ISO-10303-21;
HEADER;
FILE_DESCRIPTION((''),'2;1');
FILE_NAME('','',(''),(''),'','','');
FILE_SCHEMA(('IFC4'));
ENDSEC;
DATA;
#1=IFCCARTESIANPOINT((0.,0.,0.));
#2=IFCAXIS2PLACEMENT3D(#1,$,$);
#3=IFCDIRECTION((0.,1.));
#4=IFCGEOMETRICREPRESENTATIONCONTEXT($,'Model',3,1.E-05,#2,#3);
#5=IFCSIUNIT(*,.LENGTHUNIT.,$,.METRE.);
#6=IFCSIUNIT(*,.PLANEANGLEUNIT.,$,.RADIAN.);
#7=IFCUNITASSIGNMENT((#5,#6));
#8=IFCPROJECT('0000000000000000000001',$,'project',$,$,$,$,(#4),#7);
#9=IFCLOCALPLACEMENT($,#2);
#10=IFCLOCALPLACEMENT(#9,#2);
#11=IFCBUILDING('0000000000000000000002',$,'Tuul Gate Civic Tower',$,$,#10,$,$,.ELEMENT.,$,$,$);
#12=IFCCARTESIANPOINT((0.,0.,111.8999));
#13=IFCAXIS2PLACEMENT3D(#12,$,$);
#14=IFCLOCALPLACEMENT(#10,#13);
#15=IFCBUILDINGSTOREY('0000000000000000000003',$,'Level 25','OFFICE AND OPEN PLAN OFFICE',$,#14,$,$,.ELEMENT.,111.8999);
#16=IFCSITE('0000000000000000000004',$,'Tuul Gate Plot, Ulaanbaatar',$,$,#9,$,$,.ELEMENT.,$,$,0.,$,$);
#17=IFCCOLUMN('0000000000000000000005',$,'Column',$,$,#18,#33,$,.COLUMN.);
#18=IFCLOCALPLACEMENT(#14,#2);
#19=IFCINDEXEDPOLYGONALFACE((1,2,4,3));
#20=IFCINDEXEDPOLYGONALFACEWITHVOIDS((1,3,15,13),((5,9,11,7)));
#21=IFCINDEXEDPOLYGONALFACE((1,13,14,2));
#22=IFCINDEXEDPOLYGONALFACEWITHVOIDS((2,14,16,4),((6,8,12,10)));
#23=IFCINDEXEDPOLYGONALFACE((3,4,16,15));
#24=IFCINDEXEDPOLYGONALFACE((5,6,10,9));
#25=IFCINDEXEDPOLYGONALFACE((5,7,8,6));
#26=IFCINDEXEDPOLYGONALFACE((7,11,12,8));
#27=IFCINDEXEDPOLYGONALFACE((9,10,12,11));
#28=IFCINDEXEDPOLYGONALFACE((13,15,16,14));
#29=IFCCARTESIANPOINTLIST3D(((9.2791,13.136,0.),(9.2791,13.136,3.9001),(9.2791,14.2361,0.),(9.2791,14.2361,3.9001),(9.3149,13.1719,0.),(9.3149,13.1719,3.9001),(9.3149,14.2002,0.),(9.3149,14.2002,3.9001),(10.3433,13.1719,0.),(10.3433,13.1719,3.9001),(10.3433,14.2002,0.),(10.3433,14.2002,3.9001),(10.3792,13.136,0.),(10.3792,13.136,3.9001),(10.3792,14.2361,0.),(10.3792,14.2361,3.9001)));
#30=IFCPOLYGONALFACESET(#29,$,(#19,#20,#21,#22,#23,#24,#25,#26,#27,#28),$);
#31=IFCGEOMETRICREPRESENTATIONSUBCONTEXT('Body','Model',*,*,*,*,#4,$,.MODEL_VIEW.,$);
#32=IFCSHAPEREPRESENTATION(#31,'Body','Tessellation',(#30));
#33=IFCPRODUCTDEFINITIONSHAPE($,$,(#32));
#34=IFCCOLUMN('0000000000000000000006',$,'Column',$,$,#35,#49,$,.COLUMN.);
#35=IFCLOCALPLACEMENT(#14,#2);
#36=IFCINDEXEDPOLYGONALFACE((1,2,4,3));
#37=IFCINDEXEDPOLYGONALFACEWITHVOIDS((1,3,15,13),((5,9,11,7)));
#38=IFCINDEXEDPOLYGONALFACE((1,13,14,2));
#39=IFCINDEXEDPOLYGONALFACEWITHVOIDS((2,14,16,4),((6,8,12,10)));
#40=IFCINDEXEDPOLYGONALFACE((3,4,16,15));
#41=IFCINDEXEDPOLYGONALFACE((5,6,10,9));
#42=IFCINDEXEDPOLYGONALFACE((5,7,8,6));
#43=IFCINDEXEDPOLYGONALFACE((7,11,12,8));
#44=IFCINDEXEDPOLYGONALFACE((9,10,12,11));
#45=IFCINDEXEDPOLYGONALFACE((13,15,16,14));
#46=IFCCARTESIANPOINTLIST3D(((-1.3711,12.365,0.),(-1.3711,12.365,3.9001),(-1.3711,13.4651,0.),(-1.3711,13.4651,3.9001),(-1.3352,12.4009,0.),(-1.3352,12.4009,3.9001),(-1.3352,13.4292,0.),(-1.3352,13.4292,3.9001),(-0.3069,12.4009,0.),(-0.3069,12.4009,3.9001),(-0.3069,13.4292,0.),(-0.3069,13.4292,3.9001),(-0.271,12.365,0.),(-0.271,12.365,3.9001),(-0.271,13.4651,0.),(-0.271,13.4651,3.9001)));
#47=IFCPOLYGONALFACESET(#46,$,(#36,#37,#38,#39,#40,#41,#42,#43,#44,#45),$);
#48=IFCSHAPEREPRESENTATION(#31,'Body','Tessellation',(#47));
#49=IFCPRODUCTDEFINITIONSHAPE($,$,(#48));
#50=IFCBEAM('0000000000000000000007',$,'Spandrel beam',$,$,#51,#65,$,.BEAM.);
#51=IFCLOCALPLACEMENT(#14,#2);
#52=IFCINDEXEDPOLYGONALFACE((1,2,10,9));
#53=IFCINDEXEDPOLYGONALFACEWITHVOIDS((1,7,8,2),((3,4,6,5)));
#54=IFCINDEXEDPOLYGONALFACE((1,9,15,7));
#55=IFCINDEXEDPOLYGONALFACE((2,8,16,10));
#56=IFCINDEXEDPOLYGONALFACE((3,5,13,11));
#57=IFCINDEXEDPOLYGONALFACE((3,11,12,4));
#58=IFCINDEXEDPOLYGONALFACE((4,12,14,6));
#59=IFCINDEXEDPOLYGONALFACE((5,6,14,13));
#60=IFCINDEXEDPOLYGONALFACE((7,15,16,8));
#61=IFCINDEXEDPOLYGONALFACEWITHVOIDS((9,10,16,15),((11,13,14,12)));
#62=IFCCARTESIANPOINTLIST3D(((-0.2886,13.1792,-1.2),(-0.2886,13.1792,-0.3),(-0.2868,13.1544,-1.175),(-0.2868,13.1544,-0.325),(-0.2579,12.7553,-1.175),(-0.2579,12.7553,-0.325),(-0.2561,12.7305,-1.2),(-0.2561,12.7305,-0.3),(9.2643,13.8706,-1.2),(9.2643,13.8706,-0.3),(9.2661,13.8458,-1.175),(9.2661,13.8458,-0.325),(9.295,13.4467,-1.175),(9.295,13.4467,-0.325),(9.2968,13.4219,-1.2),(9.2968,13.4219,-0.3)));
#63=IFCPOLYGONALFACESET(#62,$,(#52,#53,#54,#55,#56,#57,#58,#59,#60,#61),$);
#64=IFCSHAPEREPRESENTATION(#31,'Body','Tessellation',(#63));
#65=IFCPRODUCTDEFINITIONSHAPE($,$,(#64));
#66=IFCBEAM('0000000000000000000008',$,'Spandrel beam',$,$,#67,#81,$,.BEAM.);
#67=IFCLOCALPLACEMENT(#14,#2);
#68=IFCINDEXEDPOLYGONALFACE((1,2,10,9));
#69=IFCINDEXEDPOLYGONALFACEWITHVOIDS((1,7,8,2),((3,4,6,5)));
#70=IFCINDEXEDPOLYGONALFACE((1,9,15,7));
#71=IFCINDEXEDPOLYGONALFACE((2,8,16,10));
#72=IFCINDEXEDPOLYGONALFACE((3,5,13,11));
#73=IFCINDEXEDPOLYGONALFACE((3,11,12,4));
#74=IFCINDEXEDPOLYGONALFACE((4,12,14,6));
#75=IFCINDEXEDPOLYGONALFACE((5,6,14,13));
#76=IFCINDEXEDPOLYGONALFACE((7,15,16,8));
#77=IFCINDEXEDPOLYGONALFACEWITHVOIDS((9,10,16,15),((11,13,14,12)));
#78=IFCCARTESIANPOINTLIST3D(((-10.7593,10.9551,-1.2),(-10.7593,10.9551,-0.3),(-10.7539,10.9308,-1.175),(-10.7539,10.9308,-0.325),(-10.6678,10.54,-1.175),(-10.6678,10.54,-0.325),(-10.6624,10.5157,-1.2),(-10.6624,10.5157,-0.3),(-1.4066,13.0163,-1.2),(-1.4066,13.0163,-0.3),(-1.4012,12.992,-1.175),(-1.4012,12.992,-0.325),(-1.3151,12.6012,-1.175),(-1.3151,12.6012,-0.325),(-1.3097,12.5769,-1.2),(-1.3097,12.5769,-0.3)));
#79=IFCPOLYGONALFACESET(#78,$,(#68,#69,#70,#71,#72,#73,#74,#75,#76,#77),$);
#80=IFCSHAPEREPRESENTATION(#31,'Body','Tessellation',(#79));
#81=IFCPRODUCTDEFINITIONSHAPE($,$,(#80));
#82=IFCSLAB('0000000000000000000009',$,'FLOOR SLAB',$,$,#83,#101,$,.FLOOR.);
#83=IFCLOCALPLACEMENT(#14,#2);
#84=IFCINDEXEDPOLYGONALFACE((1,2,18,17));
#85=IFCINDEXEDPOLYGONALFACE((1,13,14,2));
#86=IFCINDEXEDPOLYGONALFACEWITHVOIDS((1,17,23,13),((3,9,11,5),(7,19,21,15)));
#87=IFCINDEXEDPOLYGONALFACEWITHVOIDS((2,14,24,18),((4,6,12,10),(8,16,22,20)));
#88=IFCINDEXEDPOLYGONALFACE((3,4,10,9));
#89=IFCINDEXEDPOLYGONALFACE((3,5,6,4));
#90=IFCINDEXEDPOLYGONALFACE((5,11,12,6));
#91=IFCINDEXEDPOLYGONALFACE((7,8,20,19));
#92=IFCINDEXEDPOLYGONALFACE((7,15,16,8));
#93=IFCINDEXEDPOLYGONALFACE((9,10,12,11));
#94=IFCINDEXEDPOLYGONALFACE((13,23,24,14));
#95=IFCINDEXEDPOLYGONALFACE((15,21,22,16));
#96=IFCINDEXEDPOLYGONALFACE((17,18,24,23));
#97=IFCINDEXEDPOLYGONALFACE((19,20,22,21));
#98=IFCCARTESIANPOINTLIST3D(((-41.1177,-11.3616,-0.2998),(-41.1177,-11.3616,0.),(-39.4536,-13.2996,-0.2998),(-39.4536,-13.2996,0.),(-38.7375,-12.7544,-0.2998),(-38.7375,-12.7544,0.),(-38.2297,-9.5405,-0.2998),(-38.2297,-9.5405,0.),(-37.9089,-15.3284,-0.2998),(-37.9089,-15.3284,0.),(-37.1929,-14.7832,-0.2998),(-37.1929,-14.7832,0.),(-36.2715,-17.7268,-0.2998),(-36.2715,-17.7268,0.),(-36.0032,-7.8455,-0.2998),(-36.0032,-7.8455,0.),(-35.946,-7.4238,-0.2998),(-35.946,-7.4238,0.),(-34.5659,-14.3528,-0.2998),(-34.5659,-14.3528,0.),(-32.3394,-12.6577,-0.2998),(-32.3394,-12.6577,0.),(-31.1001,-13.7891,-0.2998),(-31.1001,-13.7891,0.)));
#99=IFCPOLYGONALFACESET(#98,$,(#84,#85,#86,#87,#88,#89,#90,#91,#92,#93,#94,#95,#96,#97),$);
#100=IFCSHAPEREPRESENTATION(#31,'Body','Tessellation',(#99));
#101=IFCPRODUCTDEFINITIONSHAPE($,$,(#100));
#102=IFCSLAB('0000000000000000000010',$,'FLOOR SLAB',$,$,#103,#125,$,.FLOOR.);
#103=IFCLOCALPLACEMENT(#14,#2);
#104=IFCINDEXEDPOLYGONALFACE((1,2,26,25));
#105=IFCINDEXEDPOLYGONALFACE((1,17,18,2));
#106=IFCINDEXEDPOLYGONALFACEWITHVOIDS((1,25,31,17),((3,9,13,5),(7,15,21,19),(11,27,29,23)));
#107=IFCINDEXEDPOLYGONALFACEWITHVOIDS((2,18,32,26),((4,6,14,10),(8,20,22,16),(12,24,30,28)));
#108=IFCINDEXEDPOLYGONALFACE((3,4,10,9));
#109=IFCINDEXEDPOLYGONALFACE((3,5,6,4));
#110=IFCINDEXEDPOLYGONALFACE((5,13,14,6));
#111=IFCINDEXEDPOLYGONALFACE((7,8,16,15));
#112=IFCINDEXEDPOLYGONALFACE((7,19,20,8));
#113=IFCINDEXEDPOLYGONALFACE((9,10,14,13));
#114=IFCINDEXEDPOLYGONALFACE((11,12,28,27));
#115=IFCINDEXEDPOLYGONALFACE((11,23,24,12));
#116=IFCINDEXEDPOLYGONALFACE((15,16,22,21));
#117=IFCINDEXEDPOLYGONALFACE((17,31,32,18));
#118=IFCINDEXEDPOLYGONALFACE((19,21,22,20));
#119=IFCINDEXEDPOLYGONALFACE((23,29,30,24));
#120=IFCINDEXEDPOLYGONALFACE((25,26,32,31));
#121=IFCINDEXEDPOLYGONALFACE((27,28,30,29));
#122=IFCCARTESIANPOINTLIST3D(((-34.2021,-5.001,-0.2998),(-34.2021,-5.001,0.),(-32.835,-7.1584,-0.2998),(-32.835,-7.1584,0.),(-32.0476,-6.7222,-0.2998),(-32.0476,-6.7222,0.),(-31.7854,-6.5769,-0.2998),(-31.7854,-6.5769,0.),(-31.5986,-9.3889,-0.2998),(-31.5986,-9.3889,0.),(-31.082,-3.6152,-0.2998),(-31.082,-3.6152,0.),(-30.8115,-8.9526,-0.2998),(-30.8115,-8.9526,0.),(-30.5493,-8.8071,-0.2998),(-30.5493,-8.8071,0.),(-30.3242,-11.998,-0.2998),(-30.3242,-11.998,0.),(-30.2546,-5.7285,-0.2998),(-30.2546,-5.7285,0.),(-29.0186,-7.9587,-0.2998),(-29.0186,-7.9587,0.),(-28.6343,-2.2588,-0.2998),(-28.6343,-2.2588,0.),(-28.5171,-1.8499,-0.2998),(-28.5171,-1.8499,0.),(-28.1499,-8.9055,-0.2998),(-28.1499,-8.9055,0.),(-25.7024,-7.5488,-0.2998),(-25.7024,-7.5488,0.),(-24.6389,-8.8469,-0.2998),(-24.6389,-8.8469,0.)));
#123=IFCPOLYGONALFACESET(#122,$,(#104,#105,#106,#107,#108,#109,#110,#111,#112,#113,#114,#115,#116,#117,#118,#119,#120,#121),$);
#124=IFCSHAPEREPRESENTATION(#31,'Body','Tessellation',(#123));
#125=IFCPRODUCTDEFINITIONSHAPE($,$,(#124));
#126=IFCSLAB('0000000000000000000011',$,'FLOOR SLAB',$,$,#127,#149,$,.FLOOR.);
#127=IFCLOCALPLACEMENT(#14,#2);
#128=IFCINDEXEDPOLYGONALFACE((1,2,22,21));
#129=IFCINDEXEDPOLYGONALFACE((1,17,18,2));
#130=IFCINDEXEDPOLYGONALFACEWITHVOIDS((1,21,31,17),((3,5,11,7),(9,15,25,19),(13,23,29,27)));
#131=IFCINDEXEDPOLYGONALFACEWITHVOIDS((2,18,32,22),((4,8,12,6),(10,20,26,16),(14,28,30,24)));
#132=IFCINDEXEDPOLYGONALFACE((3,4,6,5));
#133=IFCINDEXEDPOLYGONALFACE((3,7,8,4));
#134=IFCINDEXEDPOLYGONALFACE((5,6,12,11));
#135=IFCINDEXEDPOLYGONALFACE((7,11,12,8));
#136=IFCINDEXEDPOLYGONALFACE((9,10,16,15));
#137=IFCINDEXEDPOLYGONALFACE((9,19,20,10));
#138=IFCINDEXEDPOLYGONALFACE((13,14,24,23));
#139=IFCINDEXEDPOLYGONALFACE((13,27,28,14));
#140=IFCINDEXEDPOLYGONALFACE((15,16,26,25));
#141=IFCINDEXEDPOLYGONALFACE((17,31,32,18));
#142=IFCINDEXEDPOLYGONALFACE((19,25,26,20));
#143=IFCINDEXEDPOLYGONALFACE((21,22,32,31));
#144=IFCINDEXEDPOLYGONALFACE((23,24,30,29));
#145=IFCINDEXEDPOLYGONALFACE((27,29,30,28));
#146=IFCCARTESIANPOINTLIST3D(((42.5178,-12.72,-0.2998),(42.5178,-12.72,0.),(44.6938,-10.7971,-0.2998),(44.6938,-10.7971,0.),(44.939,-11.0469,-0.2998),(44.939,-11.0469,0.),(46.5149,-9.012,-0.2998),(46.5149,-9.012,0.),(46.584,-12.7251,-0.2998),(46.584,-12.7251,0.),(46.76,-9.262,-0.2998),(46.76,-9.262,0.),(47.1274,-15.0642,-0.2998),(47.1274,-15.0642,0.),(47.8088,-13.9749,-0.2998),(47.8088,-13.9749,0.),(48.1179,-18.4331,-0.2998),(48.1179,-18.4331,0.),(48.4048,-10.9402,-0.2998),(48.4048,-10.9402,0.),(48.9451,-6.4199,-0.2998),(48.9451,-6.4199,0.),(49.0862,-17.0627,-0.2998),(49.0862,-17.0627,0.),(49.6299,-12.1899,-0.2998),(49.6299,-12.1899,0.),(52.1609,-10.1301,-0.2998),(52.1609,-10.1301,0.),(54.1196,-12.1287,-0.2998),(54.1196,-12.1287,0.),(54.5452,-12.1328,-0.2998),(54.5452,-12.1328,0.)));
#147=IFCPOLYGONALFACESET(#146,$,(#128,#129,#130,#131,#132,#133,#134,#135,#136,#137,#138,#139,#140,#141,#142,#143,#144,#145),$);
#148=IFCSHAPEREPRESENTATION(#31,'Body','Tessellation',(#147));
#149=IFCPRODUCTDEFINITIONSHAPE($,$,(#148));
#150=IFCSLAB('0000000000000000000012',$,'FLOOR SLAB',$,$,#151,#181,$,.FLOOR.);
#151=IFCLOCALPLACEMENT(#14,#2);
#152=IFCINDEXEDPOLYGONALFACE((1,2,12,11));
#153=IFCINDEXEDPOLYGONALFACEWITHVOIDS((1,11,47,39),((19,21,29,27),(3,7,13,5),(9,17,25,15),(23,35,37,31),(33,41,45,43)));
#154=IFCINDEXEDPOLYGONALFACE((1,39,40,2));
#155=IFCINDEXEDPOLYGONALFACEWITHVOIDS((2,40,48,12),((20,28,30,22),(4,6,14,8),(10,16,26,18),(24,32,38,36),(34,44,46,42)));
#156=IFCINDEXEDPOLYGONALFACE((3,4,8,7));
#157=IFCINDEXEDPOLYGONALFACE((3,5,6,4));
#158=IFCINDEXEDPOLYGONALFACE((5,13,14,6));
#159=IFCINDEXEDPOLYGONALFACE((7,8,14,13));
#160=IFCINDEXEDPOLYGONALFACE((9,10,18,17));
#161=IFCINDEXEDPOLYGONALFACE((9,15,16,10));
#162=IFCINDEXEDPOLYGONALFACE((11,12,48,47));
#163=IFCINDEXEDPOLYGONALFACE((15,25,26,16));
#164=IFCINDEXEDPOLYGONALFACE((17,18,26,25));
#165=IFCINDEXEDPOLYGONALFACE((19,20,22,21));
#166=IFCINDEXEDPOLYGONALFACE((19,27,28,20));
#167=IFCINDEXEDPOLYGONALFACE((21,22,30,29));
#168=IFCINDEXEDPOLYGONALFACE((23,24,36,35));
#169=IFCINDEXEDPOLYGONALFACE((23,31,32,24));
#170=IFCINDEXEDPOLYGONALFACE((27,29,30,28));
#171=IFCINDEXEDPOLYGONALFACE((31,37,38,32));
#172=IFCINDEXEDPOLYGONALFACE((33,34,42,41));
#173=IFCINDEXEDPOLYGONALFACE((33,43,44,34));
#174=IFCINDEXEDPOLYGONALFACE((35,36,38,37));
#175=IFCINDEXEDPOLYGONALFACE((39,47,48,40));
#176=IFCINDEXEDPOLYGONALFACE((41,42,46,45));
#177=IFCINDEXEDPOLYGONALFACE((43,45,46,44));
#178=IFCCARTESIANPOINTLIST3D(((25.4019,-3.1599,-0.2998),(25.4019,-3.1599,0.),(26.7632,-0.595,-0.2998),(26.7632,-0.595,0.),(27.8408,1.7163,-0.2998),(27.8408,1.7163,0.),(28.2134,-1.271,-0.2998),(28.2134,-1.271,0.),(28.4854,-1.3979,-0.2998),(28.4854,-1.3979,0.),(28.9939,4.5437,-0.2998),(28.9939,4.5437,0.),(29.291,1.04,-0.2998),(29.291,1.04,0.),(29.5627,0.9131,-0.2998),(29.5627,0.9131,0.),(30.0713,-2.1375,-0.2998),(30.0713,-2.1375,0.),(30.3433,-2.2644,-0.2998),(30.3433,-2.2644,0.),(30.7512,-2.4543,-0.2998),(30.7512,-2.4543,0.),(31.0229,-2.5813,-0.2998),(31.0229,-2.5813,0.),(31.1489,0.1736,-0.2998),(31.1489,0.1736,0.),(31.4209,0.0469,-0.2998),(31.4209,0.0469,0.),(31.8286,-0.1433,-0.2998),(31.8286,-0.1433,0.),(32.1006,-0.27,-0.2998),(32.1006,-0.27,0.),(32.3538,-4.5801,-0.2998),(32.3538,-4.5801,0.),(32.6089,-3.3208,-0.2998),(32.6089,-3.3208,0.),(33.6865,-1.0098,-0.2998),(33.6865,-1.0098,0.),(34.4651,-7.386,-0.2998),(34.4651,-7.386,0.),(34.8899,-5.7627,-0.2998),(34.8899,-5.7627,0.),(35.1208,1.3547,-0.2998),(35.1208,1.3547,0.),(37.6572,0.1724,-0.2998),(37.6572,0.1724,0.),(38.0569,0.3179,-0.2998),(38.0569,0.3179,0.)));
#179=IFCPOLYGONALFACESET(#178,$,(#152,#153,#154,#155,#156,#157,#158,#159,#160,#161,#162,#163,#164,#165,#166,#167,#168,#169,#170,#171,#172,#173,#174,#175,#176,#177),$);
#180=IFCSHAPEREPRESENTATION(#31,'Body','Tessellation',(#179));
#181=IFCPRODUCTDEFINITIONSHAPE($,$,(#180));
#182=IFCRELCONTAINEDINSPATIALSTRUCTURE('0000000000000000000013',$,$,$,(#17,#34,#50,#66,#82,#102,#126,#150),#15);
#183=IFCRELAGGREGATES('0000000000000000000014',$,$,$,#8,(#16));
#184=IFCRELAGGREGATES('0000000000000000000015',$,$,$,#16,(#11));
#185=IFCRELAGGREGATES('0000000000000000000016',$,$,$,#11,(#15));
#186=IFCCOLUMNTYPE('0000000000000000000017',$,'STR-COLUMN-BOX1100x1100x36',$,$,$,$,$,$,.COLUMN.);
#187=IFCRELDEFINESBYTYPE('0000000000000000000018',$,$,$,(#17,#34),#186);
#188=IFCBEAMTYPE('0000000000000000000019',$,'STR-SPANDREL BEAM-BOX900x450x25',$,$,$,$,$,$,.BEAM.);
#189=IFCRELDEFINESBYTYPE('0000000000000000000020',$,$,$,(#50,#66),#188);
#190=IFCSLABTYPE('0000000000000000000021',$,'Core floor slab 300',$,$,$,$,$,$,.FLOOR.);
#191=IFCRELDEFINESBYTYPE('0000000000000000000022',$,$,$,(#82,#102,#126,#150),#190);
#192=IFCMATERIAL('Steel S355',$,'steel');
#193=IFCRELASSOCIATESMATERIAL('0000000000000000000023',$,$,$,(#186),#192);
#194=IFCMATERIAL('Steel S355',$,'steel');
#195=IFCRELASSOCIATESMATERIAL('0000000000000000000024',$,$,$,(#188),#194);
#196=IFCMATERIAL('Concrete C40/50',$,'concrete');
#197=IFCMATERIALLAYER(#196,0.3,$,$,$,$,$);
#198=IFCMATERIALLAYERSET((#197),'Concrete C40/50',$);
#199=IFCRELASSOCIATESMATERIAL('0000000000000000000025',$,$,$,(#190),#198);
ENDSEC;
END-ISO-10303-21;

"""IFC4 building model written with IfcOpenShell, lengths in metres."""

from ifc_helpers import new_model, si_unit, direction, frame, origin, origin_2d, place, context, subcontext, project, spatial, polyline, hollow_rectangle, outline, extrude, material, layer, layer_set, material_profile, profile_set, type_object, element, save


model = new_model("IFC4")

# Units and contexts
model_context = context("Model", 3, precision=1e-05, world=origin(), true_north=direction((0.0, 1.0)))
body_context = subcontext(model_context, "Body", "Model", "MODEL_VIEW")
ifc_project = project(units=[si_unit("LENGTHUNIT", "METRE"), si_unit("PLANEANGLEUNIT", "RADIAN")], contexts=[model_context])

# Site, building, storey
site_placement = place(None, origin())
site = spatial("IfcSite", under=ifc_project, at=site_placement, Name="Tuul Gate Plot, Ulaanbaatar", CompositionType="ELEMENT", RefElevation=0.0)
building_placement = place(site_placement, origin())
building = spatial("IfcBuilding", under=site, at=building_placement, Name="Tuul Gate Civic Tower", CompositionType="ELEMENT")
storey_placement = place(building_placement, frame((0.0, 0.0, 111.8999)))
storey = spatial("IfcBuildingStorey", under=building, at=storey_placement, Name="Level 25", Description="OFFICE AND OPEN PLAN OFFICE", CompositionType="ELEMENT", Elevation=111.8999)

# Columns
ifc_material_1 = material(Name="Steel S355", Category="steel")
ifc_material_profile_1 = material_profile(ifc_material_1, hollow_rectangle(XDim=1.1001, YDim=1.1001, WallThickness=0.0359, at=origin_2d()), Name="BOX1100x1100x36")
ifc_profile_set_1 = profile_set([ifc_material_profile_1], Name="Steel S355")
column_type = type_object("IfcColumnType", Name="STR-COLUMN-BOX1100x1100x36", PredefinedType="COLUMN", material=ifc_profile_set_1)
for number, where, z_axis, x_axis, name in (
    (1, (9.8291, 13.686, 0.0), (0.0, 0.0, 1.0), (1.0, 0.0, 0.0), "Column"),
    (2, (-0.821, 12.915, 0.0), (0.0, 0.0, 1.0), (1.0, 0.0, 0.0), "Column"),
):
    element("IfcColumn", number, at=place(storey_placement, frame(where, z_axis=z_axis, x_axis=x_axis)), inside=storey, type_object=column_type, Name=name, PredefinedType="COLUMN", context=body_context, shape_type="SweptSolid", body=[
        extrude(hollow_rectangle(XDim=1.1001, YDim=1.1001, WallThickness=0.0359, at=origin_2d()), origin(), (0.0, 0.0, 1.0), 3.9001),
    ])

# Beams
ifc_material_2 = material(Name="Steel S355", Category="steel")
ifc_material_profile_2 = material_profile(ifc_material_2, hollow_rectangle(XDim=0.45, YDim=0.8999, WallThickness=0.0249, at=origin_2d()), Name="BOX900x450x25")
ifc_profile_set_2 = profile_set([ifc_material_profile_2], Name="Steel S355")
beam_type = type_object("IfcBeamType", Name="STR-SPANDREL BEAM-BOX900x450x25", PredefinedType="BEAM", material=ifc_profile_set_2)
beam_1_placement = place(storey_placement, frame((9.2805, 13.6462, -0.75), z_axis=(-0.997391, -0.072187, 0.0), x_axis=(0.072187, -0.997391, 0.0)))
element("IfcBeam", 3, at=beam_1_placement, inside=storey, type_object=beam_type, Name="Spandrel beam", PredefinedType="BEAM", context=body_context, shape_type="SweptSolid", body=[
    extrude(hollow_rectangle(XDim=0.45, YDim=0.8999, WallThickness=0.0249, at=origin_2d()), origin(), (0.0, 0.0, 1.0), 9.5779),
])
beam_2_placement = place(storey_placement, frame((-1.3582, 12.7966, -0.75), z_axis=(-0.976564, -0.215227, 0.0), x_axis=(0.215227, -0.976564, 0.0)))
element("IfcBeam", 4, at=beam_2_placement, inside=storey, type_object=beam_type, Name="Spandrel beam", PredefinedType="BEAM", context=body_context, shape_type="SweptSolid", body=[
    extrude(hollow_rectangle(XDim=0.45, YDim=0.8999, WallThickness=0.0249, at=origin_2d()), origin(), (0.0, 0.0, 1.0), 9.5771),
])

# Slabs
ifc_material_3 = material(Name="Concrete C40/50", Category="concrete")
ifc_layer_1 = layer(ifc_material_3, 0.3)
ifc_layer_set_1 = layer_set([ifc_layer_1], Name="Concrete C40/50")
slab_type_1 = type_object("IfcSlabType", Name="Core floor slab 300", PredefinedType="FLOOR", material=ifc_layer_set_1)
slab_1_placement = place(storey_placement, frame((0.0, 0.0, -0.2998)))
element("IfcSlab", 5, at=slab_1_placement, inside=storey, type_object=slab_type_1, Name="FLOOR SLAB", PredefinedType="FLOOR", context=body_context, shape_type="SweptSolid", body=[
    extrude(outline(polyline([(-31.1001, -13.7891), (-35.946, -7.4238), (-41.1177, -11.3616), (-36.2715, -17.7268), (-31.1001, -13.7891)]), holes=[polyline([(-37.1929, -14.7832), (-38.7375, -12.7544), (-39.4536, -13.2996), (-37.9089, -15.3284), (-37.1929, -14.7832)]), polyline([(-32.3394, -12.6577), (-34.5659, -14.3528), (-38.2297, -9.5405), (-36.0032, -7.8455), (-32.3394, -12.6577)])]), origin(), (0.0, 0.0, 1.0), 0.2998),
])
slab_2_placement = place(storey_placement, frame((0.0, 0.0, -0.2998)))
element("IfcSlab", 6, at=slab_2_placement, inside=storey, type_object=slab_type_1, Name="FLOOR SLAB", PredefinedType="FLOOR", context=body_context, shape_type="SweptSolid", body=[
    extrude(outline(polyline([(-24.6389, -8.8469), (-28.5171, -1.8499), (-34.2021, -5.001), (-30.3242, -11.998), (-24.6389, -8.8469)]), holes=[polyline([(-29.0186, -7.9587), (-30.2546, -5.7285), (-31.7854, -6.5769), (-30.5493, -8.8071), (-29.0186, -7.9587)]), polyline([(-30.8115, -8.9526), (-32.0476, -6.7222), (-32.835, -7.1584), (-31.5986, -9.3889), (-30.8115, -8.9526)]), polyline([(-25.7024, -7.5488), (-28.1499, -8.9055), (-31.082, -3.6152), (-28.6343, -2.2588), (-25.7024, -7.5488)])]), origin(), (0.0, 0.0, 1.0), 0.2998),
])
slab_3_placement = place(storey_placement, frame((0.0, 0.0, -0.2998)))
element("IfcSlab", 7, at=slab_3_placement, inside=storey, type_object=slab_type_1, Name="FLOOR SLAB", PredefinedType="FLOOR", context=body_context, shape_type="SweptSolid", body=[
    extrude(outline(polyline([(48.1179, -18.4331), (54.5452, -12.1328), (48.9451, -6.4199), (42.5178, -12.72), (48.1179, -18.4331)]), holes=[polyline([(47.8088, -13.9749), (49.6299, -12.1899), (48.4048, -10.9402), (46.584, -12.7251), (47.8088, -13.9749)]), polyline([(44.939, -11.0469), (46.76, -9.262), (46.5149, -9.012), (44.6938, -10.7971), (44.939, -11.0469)]), polyline([(49.0862, -17.0627), (47.1274, -15.0642), (52.1609, -10.1301), (54.1196, -12.1287), (49.0862, -17.0627)])]), origin(), (0.0, 0.0, 1.0), 0.2998),
])
slab_4_placement = place(storey_placement, frame((0.0, 0.0, -0.2998)))
element("IfcSlab", 8, at=slab_4_placement, inside=storey, type_object=slab_type_1, Name="FLOOR SLAB", PredefinedType="FLOOR", context=body_context, shape_type="SweptSolid", body=[
    extrude(outline(polyline([(34.4651, -7.386), (38.0569, 0.3179), (28.9939, 4.5437), (25.4019, -3.1599), (34.4651, -7.386)]), holes=[polyline([(32.6089, -3.3208), (33.6865, -1.0098), (32.1006, -0.27), (31.0229, -2.5813), (32.6089, -3.3208)]), polyline([(30.0713, -2.1375), (31.1489, 0.1736), (29.5627, 0.9131), (28.4854, -1.3979), (30.0713, -2.1375)]), polyline([(30.7512, -2.4543), (31.8286, -0.1433), (31.4209, 0.0469), (30.3433, -2.2644), (30.7512, -2.4543)]), polyline([(28.2134, -1.271), (29.291, 1.04), (27.8408, 1.7163), (26.7632, -0.595), (28.2134, -1.271)]), polyline([(34.8899, -5.7627), (32.3538, -4.5801), (35.1208, 1.3547), (37.6572, 0.1724), (34.8899, -5.7627)])]), origin(), (0.0, 0.0, 1.0), 0.2998),
])

save(model, "model.ifc")
